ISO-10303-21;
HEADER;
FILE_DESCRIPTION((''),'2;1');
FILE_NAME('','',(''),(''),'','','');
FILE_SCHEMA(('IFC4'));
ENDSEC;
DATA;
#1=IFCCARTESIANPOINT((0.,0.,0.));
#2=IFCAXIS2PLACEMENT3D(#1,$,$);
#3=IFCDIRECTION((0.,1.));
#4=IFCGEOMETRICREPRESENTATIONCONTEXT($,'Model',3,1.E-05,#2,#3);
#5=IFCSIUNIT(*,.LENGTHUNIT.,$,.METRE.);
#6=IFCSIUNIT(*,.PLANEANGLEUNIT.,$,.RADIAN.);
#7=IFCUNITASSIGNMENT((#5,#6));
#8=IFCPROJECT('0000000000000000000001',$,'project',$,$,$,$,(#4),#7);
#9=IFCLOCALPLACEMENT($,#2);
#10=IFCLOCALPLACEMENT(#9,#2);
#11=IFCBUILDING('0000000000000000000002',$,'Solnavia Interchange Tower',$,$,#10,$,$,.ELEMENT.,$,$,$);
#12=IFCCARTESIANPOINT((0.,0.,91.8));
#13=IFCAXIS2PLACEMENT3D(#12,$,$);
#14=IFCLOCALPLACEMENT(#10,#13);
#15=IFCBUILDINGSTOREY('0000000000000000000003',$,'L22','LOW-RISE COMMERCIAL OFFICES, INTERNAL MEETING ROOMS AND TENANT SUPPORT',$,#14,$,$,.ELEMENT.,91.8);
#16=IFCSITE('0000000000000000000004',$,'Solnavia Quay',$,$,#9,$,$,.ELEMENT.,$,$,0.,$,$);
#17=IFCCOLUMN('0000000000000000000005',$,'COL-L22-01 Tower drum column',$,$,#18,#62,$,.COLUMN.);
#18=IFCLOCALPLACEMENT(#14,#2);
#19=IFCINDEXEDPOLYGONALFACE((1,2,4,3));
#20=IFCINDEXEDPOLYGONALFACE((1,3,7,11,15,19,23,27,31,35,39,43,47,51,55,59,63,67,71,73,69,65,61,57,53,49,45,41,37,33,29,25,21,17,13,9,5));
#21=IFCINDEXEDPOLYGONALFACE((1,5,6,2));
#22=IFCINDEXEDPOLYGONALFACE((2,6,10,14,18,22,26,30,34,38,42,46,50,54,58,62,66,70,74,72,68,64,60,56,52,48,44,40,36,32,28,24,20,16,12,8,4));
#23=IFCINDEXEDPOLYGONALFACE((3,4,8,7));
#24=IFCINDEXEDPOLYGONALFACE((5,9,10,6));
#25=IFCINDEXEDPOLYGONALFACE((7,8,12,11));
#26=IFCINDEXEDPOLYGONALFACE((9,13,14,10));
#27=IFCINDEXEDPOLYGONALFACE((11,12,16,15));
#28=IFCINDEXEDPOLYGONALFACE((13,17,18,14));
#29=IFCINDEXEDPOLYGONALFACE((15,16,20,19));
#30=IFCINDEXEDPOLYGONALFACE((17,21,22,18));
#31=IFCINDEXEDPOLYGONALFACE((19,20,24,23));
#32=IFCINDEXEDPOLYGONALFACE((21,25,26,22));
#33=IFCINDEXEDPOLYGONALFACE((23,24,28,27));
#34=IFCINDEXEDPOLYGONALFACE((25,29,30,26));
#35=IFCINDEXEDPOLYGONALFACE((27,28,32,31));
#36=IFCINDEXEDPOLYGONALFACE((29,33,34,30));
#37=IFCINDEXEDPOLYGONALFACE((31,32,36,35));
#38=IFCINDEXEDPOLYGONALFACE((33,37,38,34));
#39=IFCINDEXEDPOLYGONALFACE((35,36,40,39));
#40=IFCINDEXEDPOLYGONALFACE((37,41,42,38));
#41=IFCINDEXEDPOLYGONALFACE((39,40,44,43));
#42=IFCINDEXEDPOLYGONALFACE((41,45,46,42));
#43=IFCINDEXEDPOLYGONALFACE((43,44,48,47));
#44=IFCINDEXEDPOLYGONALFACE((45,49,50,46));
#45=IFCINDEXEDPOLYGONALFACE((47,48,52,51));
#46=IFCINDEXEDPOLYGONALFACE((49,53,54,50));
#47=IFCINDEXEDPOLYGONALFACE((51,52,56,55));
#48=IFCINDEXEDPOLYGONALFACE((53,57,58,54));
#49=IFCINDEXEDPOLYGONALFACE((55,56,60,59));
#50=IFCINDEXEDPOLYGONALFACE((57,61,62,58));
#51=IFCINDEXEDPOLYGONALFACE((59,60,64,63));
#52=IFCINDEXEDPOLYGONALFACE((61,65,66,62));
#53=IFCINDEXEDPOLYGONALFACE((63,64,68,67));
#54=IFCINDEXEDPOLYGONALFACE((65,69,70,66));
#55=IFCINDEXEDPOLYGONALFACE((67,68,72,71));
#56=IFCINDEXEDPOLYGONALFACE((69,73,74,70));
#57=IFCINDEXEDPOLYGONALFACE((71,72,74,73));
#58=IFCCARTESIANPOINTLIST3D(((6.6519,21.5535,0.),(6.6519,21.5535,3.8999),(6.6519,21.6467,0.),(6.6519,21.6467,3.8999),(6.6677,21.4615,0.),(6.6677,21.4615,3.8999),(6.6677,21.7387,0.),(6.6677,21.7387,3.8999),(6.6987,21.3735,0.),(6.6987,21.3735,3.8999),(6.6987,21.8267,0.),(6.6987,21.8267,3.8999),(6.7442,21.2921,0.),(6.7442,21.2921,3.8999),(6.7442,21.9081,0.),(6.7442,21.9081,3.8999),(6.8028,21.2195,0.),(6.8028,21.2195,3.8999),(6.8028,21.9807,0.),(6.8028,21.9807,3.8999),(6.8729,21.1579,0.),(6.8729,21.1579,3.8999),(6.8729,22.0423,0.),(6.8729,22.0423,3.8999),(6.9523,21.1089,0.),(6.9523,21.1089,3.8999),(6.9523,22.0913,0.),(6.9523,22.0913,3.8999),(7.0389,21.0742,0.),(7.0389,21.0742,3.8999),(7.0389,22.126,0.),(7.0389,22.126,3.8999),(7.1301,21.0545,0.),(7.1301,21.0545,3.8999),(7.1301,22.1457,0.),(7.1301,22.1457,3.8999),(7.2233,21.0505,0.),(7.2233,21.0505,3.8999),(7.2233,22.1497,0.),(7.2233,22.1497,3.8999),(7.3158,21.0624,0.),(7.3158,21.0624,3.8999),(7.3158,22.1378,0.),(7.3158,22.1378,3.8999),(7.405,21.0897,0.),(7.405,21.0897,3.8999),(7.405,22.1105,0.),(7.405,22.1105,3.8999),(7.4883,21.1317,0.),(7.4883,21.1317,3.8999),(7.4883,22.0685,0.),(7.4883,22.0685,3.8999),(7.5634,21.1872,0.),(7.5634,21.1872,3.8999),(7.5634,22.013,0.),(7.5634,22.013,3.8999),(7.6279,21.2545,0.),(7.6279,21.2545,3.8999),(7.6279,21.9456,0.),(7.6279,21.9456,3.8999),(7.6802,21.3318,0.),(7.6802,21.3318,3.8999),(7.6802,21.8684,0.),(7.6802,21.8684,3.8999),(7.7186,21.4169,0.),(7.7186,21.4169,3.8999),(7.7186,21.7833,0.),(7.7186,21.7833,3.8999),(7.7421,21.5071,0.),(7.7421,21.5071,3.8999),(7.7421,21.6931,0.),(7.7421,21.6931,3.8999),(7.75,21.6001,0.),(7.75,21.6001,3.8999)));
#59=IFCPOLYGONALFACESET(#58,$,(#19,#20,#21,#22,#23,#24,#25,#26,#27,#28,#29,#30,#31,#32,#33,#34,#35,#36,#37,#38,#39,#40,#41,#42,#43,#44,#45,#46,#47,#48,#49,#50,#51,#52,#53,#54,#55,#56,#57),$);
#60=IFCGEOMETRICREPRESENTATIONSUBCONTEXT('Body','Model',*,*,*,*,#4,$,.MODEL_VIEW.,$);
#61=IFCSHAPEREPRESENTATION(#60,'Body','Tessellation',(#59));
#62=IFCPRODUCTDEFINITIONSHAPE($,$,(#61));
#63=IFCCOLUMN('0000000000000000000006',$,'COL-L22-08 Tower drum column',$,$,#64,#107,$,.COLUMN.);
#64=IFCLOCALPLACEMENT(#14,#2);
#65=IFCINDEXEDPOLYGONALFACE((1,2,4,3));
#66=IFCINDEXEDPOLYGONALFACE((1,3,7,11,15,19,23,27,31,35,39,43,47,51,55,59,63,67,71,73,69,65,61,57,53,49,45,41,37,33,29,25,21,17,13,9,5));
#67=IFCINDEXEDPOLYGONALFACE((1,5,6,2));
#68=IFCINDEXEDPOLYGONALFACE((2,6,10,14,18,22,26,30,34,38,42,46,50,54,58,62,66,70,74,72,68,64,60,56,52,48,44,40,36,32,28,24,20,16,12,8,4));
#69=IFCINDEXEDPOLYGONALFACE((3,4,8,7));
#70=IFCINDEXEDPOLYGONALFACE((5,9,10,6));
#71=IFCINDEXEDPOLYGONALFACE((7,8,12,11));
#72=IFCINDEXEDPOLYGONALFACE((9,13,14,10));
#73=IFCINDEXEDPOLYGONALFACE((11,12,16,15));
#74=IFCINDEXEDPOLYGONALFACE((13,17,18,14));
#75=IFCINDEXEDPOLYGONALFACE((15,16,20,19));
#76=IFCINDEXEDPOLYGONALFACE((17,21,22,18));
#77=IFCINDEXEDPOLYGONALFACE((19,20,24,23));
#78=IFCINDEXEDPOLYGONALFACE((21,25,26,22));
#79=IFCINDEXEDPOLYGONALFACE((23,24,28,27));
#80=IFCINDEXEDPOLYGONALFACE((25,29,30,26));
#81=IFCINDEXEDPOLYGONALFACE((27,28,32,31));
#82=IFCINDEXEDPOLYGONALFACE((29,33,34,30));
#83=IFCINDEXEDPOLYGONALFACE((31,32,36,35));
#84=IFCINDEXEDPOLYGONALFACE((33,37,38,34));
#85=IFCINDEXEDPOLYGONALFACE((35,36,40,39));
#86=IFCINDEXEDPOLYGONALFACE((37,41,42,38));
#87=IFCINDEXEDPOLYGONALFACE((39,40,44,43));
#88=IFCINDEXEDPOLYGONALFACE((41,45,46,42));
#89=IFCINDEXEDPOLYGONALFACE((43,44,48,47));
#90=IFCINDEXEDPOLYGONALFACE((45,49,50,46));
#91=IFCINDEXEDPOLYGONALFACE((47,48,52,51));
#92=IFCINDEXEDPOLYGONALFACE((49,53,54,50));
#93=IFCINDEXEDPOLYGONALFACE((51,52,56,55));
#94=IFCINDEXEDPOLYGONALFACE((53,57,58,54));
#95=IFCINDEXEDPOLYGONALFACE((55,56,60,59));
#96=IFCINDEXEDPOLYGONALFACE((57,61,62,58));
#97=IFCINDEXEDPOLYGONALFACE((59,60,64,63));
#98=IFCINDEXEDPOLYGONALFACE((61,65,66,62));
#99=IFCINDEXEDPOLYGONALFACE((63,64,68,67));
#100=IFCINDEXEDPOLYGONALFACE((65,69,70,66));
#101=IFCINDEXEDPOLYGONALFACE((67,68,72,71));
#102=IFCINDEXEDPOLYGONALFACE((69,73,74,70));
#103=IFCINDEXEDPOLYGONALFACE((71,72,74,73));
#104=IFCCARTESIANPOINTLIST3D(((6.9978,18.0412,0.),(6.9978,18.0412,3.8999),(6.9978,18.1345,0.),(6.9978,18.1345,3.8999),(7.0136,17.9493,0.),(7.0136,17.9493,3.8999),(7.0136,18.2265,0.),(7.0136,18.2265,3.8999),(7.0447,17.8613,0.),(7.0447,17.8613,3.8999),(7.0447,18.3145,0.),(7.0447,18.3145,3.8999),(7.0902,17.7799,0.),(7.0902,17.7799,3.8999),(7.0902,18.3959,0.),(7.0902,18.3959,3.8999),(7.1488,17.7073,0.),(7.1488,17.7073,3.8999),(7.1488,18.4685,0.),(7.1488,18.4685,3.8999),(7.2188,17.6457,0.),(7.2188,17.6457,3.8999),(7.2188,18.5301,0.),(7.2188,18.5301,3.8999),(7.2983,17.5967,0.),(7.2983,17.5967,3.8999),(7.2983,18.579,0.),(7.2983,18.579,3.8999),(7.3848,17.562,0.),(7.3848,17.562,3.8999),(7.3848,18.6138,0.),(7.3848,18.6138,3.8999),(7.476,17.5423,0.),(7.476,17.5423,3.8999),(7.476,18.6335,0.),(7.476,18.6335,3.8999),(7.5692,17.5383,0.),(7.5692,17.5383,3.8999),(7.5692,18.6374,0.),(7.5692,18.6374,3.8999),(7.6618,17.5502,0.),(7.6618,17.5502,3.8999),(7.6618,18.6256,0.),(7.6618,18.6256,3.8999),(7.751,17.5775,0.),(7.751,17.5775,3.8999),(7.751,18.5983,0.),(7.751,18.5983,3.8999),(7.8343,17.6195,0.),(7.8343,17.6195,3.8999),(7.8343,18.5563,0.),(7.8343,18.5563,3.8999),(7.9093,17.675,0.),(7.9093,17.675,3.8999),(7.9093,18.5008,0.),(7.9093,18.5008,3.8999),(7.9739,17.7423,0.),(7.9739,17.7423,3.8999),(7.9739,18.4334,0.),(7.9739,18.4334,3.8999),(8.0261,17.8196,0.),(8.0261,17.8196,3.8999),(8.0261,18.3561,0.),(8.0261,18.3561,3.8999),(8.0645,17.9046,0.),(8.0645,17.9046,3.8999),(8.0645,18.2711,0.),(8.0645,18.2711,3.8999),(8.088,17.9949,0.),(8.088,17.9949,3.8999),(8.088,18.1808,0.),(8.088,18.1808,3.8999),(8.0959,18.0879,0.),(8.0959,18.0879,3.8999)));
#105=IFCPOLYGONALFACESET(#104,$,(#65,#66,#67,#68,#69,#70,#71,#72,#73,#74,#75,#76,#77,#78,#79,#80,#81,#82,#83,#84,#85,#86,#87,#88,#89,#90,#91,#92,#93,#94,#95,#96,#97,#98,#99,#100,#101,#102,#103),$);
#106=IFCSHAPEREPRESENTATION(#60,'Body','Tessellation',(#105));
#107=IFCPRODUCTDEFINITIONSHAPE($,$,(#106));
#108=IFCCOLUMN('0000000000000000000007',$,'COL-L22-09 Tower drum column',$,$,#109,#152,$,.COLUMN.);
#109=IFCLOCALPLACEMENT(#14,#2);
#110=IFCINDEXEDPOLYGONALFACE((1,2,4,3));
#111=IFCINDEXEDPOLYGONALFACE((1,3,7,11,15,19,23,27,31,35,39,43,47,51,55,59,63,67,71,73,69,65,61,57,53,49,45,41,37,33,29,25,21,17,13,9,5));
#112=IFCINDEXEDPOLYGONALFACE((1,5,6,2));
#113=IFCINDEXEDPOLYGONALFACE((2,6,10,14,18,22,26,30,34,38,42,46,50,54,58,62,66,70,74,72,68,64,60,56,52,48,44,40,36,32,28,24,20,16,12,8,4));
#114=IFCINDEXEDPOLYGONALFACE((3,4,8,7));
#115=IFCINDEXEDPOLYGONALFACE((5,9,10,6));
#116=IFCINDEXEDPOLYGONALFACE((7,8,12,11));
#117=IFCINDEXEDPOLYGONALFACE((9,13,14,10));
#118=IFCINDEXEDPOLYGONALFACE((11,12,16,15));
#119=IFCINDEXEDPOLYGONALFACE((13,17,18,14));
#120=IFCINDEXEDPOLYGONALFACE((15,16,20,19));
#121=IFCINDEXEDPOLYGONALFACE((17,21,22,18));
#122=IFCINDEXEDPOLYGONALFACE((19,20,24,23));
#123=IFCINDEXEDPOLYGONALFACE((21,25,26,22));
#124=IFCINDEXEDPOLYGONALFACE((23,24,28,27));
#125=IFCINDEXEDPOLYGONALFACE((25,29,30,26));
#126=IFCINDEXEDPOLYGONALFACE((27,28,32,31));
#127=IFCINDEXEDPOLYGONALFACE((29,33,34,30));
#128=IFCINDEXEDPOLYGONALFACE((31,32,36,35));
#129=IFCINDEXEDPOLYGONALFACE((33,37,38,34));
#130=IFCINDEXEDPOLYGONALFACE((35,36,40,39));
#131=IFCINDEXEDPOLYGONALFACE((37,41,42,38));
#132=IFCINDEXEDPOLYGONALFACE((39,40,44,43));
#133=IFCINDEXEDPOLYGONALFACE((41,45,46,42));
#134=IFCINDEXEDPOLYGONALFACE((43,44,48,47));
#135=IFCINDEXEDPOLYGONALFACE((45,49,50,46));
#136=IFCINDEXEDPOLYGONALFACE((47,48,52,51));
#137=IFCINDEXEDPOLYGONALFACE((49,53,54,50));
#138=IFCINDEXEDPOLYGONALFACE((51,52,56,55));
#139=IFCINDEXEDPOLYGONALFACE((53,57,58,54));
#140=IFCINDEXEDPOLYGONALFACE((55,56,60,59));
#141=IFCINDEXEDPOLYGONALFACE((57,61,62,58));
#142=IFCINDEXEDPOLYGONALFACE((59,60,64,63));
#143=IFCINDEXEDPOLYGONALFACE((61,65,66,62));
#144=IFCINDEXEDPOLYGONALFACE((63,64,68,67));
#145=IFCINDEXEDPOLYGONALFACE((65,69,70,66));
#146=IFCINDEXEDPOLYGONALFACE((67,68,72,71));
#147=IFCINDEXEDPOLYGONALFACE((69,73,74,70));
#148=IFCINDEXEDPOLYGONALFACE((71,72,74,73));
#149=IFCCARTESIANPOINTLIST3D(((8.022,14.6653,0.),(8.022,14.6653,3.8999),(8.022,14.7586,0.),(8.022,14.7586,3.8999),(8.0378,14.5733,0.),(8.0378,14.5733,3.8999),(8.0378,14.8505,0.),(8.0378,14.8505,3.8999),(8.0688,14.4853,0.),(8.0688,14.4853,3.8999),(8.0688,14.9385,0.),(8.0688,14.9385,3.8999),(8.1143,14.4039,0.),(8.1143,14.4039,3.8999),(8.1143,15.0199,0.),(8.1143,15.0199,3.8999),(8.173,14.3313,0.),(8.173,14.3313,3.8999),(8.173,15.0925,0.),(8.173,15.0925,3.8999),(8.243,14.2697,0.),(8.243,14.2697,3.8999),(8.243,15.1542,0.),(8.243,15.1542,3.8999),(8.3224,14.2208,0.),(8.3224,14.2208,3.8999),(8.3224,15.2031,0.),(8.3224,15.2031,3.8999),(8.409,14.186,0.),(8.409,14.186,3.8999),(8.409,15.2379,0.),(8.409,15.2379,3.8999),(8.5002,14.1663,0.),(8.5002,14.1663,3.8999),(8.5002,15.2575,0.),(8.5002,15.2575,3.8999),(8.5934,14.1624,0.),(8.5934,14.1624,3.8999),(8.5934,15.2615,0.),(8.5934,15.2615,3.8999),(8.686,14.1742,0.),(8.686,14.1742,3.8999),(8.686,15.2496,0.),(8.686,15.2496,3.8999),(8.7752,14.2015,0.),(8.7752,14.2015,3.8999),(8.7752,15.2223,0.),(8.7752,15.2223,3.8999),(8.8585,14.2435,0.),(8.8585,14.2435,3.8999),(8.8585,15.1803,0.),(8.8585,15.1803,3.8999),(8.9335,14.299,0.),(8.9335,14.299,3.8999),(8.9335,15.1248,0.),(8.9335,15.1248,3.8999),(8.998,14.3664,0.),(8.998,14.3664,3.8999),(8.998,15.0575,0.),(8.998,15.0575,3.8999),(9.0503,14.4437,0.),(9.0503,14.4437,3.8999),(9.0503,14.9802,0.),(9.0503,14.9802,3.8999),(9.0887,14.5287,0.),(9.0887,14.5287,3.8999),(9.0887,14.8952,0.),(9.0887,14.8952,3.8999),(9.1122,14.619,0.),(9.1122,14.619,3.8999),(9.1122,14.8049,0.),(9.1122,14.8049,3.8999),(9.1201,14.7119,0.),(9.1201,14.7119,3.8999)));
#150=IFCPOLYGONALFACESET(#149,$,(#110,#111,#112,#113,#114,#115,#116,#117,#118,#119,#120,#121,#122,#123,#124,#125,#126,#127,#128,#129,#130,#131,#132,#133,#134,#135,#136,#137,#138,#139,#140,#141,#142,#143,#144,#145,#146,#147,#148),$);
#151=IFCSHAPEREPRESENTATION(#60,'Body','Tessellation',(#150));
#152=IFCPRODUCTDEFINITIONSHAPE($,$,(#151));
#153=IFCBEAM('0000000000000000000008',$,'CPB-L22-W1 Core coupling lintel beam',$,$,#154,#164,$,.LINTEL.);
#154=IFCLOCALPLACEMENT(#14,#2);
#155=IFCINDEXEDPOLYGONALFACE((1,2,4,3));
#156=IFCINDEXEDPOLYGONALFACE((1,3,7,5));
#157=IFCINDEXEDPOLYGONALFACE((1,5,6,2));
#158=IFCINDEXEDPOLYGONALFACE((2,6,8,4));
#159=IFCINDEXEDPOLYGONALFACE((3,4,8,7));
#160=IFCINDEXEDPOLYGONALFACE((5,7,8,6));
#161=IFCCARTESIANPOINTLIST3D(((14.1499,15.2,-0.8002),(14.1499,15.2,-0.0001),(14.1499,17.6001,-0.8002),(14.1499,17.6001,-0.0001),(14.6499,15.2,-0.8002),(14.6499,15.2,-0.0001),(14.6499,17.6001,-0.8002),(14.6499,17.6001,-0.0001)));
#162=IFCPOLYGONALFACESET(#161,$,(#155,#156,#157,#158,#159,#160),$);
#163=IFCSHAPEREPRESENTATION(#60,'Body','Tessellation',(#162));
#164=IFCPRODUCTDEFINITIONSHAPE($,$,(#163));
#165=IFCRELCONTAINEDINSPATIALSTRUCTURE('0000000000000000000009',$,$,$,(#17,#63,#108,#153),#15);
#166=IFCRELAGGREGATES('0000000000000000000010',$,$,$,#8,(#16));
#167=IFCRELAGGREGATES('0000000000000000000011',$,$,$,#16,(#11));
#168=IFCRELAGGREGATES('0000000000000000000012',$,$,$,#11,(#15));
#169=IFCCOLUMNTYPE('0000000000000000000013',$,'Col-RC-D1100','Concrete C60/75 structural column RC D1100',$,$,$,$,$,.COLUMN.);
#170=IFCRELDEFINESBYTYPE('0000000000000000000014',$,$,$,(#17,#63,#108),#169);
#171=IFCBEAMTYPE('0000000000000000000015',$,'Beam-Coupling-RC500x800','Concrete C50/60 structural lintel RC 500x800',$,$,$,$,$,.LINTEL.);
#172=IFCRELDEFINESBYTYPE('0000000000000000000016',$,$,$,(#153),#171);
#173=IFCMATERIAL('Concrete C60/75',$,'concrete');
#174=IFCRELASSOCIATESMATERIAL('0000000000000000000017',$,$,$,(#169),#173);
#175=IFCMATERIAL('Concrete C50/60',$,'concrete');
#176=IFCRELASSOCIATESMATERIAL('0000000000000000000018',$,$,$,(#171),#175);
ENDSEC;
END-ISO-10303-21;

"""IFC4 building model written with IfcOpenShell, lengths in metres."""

from ifc_helpers import new_model, si_unit, direction, frame, origin, origin_2d, place, context, subcontext, project, spatial, rectangle, circle, extrude, material, material_profile, profile_set, type_object, element, save


model = new_model("IFC4")

# Units and contexts
model_context = context("Model", 3, precision=1e-05, world=origin(), true_north=direction((0.0, 1.0)))
body_context = subcontext(model_context, "Body", "Model", "MODEL_VIEW")
ifc_project = project(units=[si_unit("LENGTHUNIT", "METRE"), si_unit("PLANEANGLEUNIT", "RADIAN")], contexts=[model_context])

# Site, building, storey
site_placement = place(None, origin())
site = spatial("IfcSite", under=ifc_project, at=site_placement, Name="Solnavia Quay", CompositionType="ELEMENT", RefElevation=0.0)
building_placement = place(site_placement, origin())
building = spatial("IfcBuilding", under=site, at=building_placement, Name="Solnavia Interchange Tower", CompositionType="ELEMENT")
storey_placement = place(building_placement, frame((0.0, 0.0, 91.8)))
storey = spatial("IfcBuildingStorey", under=building, at=storey_placement, Name="L22", Description="LOW-RISE COMMERCIAL OFFICES, INTERNAL MEETING ROOMS AND TENANT SUPPORT", CompositionType="ELEMENT", Elevation=91.8)

# Columns
ifc_material_1 = material(Name="Concrete C60/75", Category="concrete")
ifc_material_profile_1 = material_profile(ifc_material_1, circle(Radius=0.55, at=origin_2d()), Name="RC D1100")
ifc_profile_set_1 = profile_set([ifc_material_profile_1], Name="Concrete C60/75")
column_type = type_object("IfcColumnType", Name="Col-RC-D1100", Description="Concrete C60/75 structural column RC D1100", PredefinedType="COLUMN", material=ifc_profile_set_1)
for number, where, z_axis, x_axis, name in (
    (1, (7.2, 21.6001, 0.0), (0.0, 0.0, 1.0), (1.0, 0.0, 0.0), "COL-L22-01 Tower drum column"),
    (2, (7.5459, 18.0879, 0.0), (0.0, 0.0, 1.0), (1.0, 0.0, 0.0), "COL-L22-08 Tower drum column"),
    (3, (8.5701, 14.7119, 0.0), (0.0, 0.0, 1.0), (1.0, 0.0, 0.0), "COL-L22-09 Tower drum column"),
):
    element("IfcColumn", number, at=place(storey_placement, frame(where, z_axis=z_axis, x_axis=x_axis)), inside=storey, type_object=column_type, Name=name, PredefinedType="COLUMN", context=body_context, shape_type="SweptSolid", body=[
        extrude(circle(Radius=0.55, at=origin_2d()), origin(), (0.0, 0.0, 1.0), 3.8999),
    ])

# Beam
ifc_material_2 = material(Name="Concrete C50/60", Category="concrete")
ifc_material_profile_2 = material_profile(ifc_material_2, rectangle(XDim=0.5, YDim=0.8, at=origin_2d()), Name="RC 500x800")
ifc_profile_set_2 = profile_set([ifc_material_profile_2], Name="Concrete C50/60")
beam_type_1 = type_object("IfcBeamType", Name="Beam-Coupling-RC500x800", Description="Concrete C50/60 structural lintel RC 500x800", PredefinedType="LINTEL", material=ifc_profile_set_2)
beam_1_placement = place(storey_placement, frame((14.3999, 15.2, -0.4001), z_axis=(0.0, 1.0, 0.0), x_axis=(-1.0, 0.0, 0.0)))
element("IfcBeam", 4, at=beam_1_placement, inside=storey, type_object=beam_type_1, Name="CPB-L22-W1 Core coupling lintel beam", PredefinedType="LINTEL", context=body_context, shape_type="SweptSolid", body=[
    extrude(rectangle(XDim=0.5, YDim=0.8, at=origin_2d()), origin(), (0.0, 0.0, 1.0), 2.4001),
])

save(model, "model.ifc")
